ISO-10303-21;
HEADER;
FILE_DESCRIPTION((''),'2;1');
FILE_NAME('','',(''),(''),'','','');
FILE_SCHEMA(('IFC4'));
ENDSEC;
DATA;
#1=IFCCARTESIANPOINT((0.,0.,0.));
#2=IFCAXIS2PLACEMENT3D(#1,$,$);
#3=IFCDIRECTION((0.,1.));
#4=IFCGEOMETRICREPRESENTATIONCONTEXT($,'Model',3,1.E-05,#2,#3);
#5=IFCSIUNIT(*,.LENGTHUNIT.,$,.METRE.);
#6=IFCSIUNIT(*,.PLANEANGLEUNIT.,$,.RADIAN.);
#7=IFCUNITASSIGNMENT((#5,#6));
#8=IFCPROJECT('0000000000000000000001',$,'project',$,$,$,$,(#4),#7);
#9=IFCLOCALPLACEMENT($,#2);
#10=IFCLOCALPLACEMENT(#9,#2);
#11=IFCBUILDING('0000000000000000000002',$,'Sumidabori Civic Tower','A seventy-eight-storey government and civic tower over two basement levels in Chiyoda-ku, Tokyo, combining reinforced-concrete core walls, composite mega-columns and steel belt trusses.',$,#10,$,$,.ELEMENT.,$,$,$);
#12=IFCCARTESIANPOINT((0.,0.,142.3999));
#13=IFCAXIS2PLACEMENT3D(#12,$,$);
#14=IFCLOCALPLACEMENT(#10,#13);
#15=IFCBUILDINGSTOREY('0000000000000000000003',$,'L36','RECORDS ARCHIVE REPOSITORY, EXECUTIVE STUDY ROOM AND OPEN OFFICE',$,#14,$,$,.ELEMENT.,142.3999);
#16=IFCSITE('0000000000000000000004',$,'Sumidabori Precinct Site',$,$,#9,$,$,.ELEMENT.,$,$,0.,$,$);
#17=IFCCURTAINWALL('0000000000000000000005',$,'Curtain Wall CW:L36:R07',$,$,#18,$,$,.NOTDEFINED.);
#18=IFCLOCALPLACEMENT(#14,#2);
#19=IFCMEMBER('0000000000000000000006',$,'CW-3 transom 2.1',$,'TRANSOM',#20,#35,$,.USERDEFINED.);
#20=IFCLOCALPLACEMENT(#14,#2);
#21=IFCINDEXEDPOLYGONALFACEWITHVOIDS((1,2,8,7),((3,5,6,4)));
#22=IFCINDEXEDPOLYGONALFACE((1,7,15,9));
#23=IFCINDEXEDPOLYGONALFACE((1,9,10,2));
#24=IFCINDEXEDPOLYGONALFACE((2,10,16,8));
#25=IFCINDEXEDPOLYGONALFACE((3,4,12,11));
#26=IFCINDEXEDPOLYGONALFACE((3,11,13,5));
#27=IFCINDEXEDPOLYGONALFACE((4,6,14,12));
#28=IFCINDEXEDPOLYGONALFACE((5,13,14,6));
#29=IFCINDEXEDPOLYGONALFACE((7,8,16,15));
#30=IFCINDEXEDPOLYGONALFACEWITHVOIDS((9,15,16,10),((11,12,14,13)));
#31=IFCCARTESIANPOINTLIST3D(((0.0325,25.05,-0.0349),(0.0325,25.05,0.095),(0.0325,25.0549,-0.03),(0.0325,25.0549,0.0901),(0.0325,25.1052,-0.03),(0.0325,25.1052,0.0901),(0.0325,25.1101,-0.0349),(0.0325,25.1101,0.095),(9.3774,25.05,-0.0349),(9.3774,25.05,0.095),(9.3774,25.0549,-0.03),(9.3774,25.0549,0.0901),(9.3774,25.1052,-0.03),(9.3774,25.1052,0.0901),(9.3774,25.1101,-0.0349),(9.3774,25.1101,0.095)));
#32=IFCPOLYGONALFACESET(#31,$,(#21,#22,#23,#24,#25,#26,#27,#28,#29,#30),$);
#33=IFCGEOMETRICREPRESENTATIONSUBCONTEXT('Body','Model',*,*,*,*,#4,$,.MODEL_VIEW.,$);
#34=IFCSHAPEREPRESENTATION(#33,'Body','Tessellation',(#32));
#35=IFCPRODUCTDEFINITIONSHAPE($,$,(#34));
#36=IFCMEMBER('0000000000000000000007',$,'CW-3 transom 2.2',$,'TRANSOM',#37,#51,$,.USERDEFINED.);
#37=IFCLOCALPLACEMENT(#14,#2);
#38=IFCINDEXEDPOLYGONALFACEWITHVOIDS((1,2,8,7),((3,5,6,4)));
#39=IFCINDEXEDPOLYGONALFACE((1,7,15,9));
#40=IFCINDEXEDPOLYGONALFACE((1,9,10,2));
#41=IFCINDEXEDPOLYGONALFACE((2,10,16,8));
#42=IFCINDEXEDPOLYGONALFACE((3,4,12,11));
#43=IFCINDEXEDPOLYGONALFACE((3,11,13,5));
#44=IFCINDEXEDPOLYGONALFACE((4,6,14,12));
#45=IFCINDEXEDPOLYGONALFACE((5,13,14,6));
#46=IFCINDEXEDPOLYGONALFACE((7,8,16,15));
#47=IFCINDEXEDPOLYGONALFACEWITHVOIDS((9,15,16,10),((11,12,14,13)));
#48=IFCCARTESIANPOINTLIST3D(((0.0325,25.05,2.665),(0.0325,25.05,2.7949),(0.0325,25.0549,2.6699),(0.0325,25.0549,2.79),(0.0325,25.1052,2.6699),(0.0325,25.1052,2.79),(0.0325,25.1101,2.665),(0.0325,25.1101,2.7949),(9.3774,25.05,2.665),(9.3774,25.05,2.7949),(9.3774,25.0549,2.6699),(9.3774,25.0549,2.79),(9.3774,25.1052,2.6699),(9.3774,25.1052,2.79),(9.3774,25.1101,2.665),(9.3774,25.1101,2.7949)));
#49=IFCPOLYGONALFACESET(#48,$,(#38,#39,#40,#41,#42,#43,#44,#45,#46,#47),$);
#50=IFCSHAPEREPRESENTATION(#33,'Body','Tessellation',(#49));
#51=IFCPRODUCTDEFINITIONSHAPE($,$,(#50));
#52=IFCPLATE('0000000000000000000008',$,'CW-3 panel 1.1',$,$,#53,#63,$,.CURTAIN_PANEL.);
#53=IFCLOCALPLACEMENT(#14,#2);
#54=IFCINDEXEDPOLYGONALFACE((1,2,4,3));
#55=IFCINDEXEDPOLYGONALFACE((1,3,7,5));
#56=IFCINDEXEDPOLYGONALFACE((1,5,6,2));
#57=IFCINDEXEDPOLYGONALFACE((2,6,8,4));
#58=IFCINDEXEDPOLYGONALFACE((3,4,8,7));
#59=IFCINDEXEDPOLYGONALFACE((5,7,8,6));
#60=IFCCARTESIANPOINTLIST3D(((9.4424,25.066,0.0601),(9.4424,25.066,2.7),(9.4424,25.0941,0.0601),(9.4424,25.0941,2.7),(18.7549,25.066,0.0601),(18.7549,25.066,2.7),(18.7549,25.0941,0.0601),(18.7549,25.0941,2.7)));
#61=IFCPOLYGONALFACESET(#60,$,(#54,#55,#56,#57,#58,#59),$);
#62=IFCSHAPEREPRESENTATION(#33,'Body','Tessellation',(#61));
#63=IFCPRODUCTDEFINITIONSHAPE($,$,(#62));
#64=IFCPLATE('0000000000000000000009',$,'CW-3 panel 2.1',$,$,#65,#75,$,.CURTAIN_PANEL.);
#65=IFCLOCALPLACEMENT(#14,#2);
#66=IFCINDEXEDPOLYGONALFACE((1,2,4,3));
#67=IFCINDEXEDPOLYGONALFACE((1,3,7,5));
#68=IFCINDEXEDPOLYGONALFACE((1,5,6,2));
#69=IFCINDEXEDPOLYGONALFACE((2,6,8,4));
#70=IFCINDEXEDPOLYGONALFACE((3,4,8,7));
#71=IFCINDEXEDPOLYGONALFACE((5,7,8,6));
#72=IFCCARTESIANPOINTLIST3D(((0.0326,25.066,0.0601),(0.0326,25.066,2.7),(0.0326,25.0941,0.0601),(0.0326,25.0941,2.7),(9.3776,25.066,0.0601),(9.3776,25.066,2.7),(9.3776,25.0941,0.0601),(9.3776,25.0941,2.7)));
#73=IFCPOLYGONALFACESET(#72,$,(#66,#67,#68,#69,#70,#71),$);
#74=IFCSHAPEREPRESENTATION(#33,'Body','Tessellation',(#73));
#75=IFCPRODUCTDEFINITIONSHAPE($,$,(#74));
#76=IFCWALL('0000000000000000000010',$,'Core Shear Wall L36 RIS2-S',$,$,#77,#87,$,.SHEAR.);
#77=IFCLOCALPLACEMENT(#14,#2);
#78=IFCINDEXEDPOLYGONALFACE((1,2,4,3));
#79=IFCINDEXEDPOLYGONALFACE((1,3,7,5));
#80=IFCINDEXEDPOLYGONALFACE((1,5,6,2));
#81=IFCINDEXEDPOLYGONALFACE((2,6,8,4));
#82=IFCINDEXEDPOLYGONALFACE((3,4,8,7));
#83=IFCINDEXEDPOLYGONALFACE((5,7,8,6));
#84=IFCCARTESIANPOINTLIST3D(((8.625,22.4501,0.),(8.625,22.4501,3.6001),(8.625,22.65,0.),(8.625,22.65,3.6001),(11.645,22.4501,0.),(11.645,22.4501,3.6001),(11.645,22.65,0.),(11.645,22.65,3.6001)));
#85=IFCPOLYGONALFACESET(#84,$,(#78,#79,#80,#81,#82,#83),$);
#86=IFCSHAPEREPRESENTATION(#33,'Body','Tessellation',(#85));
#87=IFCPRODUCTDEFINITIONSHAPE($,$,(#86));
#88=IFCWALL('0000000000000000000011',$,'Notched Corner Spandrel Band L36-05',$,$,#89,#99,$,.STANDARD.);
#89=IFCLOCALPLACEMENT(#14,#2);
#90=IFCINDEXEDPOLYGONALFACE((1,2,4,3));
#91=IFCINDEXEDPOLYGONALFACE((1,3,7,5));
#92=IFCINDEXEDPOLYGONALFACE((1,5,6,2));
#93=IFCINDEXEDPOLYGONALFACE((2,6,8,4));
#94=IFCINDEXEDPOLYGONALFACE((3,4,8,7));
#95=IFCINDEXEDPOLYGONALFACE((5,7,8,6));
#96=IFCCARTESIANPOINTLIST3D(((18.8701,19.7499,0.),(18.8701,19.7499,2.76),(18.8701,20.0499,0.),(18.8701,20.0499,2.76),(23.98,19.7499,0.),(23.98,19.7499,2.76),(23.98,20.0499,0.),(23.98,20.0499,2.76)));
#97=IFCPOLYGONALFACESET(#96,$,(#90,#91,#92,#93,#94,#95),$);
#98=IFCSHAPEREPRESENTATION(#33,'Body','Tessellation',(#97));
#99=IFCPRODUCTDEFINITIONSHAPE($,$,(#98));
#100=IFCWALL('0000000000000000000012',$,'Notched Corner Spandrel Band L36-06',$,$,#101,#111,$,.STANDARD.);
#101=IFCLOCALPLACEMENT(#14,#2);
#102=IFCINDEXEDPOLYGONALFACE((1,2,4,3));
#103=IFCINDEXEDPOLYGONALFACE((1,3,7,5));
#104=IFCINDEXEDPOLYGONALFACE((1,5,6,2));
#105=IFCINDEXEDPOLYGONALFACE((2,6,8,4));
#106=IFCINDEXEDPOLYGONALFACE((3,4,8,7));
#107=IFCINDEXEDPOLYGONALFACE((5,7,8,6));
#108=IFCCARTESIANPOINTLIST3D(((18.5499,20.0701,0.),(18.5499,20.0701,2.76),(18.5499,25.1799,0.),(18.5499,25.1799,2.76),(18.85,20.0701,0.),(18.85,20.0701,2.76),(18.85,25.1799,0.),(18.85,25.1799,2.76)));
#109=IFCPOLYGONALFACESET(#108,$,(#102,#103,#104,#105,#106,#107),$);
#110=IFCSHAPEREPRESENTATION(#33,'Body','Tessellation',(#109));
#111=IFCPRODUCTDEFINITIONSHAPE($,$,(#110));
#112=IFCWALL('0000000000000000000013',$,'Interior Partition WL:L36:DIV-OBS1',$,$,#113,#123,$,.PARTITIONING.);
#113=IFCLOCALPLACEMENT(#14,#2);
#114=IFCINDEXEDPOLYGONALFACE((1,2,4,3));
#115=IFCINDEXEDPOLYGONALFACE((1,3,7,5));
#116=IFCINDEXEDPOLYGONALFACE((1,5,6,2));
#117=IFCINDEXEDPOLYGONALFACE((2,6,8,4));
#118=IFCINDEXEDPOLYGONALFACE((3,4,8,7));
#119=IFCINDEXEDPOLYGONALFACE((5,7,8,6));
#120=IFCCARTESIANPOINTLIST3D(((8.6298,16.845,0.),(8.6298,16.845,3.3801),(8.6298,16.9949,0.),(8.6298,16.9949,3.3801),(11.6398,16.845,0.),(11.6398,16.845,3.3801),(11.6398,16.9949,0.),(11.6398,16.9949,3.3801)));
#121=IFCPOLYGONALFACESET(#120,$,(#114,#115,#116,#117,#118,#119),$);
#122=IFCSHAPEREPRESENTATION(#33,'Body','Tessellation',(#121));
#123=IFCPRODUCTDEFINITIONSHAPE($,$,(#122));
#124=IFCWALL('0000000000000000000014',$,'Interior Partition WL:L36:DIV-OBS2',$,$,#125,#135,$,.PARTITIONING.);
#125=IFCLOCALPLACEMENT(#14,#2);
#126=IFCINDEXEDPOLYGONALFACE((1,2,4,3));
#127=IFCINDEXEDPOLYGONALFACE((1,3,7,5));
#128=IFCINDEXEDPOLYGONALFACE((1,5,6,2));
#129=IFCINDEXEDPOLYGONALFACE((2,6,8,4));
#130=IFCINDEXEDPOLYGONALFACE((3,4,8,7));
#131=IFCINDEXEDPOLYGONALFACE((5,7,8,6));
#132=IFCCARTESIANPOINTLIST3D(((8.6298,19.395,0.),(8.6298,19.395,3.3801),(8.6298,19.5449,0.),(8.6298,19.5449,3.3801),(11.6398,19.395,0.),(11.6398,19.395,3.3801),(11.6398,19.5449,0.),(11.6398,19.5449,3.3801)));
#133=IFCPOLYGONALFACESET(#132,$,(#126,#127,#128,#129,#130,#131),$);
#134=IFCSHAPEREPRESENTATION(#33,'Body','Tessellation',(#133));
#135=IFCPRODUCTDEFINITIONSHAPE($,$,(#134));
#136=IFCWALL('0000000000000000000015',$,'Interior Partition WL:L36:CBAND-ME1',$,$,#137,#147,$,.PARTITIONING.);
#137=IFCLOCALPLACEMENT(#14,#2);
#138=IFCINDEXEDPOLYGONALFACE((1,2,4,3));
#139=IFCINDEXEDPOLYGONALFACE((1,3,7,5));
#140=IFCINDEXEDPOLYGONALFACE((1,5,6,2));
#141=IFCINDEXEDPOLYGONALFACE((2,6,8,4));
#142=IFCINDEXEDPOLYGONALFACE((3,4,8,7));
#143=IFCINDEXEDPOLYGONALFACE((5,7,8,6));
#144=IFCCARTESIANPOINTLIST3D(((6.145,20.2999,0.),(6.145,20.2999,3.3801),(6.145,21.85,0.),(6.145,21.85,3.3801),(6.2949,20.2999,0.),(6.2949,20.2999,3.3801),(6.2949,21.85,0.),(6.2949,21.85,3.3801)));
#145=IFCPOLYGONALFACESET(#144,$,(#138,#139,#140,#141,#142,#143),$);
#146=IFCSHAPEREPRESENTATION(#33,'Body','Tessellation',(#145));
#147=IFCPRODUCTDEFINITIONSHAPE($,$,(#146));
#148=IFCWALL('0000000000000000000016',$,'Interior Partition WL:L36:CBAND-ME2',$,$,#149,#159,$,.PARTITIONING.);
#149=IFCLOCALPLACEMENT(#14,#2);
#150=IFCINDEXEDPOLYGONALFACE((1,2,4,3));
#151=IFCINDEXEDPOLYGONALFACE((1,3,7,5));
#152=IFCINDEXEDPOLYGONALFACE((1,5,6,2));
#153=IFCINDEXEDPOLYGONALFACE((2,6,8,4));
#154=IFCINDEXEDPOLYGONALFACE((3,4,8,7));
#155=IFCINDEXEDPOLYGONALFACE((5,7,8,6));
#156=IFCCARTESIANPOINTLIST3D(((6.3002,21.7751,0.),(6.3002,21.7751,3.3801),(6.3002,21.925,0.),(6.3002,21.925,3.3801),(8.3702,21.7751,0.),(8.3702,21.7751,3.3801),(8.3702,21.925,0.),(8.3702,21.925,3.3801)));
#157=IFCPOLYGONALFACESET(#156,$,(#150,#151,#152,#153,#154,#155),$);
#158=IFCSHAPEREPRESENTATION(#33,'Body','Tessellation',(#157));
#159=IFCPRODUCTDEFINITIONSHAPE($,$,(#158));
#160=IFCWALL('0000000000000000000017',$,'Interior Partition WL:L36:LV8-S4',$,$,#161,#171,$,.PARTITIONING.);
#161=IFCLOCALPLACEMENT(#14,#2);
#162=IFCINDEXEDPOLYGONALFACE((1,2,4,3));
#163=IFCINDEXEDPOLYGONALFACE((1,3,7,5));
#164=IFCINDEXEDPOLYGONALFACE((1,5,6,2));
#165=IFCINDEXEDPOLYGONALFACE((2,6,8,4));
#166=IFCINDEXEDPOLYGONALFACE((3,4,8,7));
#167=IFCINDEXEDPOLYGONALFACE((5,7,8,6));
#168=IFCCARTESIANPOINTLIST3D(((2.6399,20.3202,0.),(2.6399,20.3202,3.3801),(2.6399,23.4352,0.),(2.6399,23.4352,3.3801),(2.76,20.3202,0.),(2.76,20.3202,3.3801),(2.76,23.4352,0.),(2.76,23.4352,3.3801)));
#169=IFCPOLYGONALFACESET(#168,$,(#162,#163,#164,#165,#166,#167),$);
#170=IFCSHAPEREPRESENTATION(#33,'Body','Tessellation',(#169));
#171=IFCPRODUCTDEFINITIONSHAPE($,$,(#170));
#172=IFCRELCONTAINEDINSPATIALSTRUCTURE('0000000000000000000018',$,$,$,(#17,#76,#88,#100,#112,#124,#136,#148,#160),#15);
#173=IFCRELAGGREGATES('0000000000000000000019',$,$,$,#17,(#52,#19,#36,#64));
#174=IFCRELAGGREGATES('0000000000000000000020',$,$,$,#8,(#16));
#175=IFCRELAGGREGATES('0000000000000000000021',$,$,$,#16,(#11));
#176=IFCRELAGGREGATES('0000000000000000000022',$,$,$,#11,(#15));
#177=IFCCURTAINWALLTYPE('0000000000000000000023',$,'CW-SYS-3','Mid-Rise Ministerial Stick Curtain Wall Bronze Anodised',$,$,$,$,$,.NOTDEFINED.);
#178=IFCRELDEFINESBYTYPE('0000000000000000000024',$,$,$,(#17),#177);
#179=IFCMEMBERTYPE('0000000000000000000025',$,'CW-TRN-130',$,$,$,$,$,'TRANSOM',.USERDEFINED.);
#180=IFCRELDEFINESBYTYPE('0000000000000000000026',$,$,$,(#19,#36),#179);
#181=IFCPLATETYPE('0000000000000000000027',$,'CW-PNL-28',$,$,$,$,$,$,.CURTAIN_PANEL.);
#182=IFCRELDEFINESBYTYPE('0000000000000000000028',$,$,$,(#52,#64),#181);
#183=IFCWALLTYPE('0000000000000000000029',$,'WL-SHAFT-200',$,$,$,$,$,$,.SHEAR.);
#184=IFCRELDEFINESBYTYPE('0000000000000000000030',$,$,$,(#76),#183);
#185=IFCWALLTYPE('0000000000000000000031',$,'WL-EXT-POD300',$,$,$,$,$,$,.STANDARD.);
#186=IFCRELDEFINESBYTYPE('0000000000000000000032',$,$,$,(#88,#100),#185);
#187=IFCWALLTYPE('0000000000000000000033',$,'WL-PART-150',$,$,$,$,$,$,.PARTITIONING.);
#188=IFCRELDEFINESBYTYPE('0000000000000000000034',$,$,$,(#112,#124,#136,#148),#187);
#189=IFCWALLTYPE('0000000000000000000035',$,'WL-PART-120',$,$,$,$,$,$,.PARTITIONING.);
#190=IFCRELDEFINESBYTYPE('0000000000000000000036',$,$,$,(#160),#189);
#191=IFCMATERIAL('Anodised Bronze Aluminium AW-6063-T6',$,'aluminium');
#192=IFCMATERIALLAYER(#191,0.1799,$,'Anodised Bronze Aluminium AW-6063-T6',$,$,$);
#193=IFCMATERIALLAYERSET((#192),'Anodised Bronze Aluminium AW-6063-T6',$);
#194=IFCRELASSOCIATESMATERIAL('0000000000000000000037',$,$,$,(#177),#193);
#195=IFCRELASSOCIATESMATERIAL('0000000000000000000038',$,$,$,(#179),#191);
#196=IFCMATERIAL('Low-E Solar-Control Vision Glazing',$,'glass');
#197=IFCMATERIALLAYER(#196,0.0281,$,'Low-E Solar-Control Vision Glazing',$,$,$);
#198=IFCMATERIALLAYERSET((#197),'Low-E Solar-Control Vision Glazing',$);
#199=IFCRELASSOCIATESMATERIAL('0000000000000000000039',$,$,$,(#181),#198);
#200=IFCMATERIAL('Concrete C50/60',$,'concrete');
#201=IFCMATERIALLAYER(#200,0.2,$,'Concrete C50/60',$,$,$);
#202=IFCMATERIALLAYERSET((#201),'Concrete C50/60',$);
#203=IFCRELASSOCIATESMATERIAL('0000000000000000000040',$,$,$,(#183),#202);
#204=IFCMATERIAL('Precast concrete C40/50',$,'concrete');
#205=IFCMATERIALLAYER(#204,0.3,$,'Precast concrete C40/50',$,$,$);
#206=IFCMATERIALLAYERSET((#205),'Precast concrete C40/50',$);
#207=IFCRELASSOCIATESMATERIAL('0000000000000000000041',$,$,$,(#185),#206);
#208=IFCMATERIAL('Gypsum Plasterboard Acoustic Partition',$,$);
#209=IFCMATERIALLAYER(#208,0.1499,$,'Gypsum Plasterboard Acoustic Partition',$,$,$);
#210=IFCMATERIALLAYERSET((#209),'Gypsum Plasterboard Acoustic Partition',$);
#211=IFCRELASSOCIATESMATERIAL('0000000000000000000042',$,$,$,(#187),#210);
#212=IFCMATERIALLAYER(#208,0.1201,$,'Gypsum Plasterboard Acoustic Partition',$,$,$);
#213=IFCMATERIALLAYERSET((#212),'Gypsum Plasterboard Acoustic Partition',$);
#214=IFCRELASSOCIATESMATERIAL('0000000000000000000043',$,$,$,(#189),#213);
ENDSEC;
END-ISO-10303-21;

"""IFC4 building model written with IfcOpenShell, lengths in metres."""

from ifc_helpers import new_model, si_unit, direction, frame, frame_2d, origin, origin_2d, place, context, subcontext, project, spatial, rectangle, hollow_rectangle, extrude, source, transform, mapped, material, layer, layer_set, material_profile, profile_set, type_object, element, aggregate, save


model = new_model("IFC4")

# Units and contexts
model_context = context("Model", 3, precision=1e-05, world=origin(), true_north=direction((0.0, 1.0)))
body_context = subcontext(model_context, "Body", "Model", "MODEL_VIEW")
ifc_project = project(units=[si_unit("LENGTHUNIT", "METRE"), si_unit("PLANEANGLEUNIT", "RADIAN")], contexts=[model_context])

# Site, building, storey
site_placement = place(None, origin())
site = spatial("IfcSite", under=ifc_project, at=site_placement, Name="Sumidabori Precinct Site", CompositionType="ELEMENT", RefElevation=0.0)
building_placement = place(site_placement, origin())
building = spatial("IfcBuilding", under=site, at=building_placement, Name="Sumidabori Civic Tower", Description="A seventy-eight-storey government and civic tower over two basement levels in Chiyoda-ku, Tokyo, combining reinforced-concrete core walls, composite mega-columns and steel belt trusses.", CompositionType="ELEMENT")
storey_placement = place(building_placement, frame((0.0, 0.0, 142.3999)))
storey = spatial("IfcBuildingStorey", under=building, at=storey_placement, Name="L36", Description="RECORDS ARCHIVE REPOSITORY, EXECUTIVE STUDY ROOM AND OPEN OFFICE", CompositionType="ELEMENT", Elevation=142.3999)

# Shared definitions
ifc_material_1 = material(Name="Anodised Bronze Aluminium AW-6063-T6", Category="aluminium")
ifc_layer_1 = layer(ifc_material_1, 0.1799, Name="Anodised Bronze Aluminium AW-6063-T6")
ifc_layer_set_1 = layer_set([ifc_layer_1], Name="Anodised Bronze Aluminium AW-6063-T6")
curtain_wall_type = type_object("IfcCurtainWallType", Name="CW-SYS-3", Description="Mid-Rise Ministerial Stick Curtain Wall Bronze Anodised", PredefinedType="NOTDEFINED", material=ifc_layer_set_1)

# Curtain wall, members, plates
curtain_wall_1_placement = place(storey_placement, origin())
curtain_wall_1 = element("IfcCurtainWall", 1, at=curtain_wall_1_placement, inside=storey, type_object=curtain_wall_type, Name="Curtain Wall CW:L36:R07", PredefinedType="NOTDEFINED")
ifc_material_profile_1 = material_profile(ifc_material_1, hollow_rectangle(XDim=0.0601, YDim=0.1299, WallThickness=0.0049, at=origin_2d()), Name="ALU TRANSOM 130x60")
ifc_profile_set_1 = profile_set([ifc_material_profile_1], Name="Anodised Bronze Aluminium AW-6063-T6")
member_type_1 = type_object("IfcMemberType", Name="CW-TRN-130", ElementType="TRANSOM", PredefinedType="USERDEFINED", material=ifc_profile_set_1)
shared_shape_1 = source(origin(), body_context, "Body", "SweptSolid", [
    extrude(hollow_rectangle(XDim=0.0601, YDim=0.1299, WallThickness=0.0049, at=origin_2d()), origin(), (0.0, 0.0, 1.0), 9.345),
])
member_1_placement = place(storey_placement, frame((9.3774, 25.0801, 0.03), z_axis=(-1.0, 0.0, 0.0), x_axis=(0.0, -1.0, 0.0)))
member_1 = element("IfcMember", 2, at=member_1_placement, type_object=member_type_1, Name="CW-3 transom 2.1", ObjectType="TRANSOM", PredefinedType="USERDEFINED", context=body_context, shape_type="MappedRepresentation", body=[
    mapped(shared_shape_1, transform((0.0, 0.0, 0.0), x_axis=(1.0, 0.0, 0.0), y_axis=(0.0, 1.0, 0.0), z_axis=(0.0, 0.0, 1.0), scale=1.0)),
])
member_2_placement = place(storey_placement, frame((9.3774, 25.0801, 2.73), z_axis=(-1.0, 0.0, 0.0), x_axis=(0.0, -1.0, 0.0)))
member_2 = element("IfcMember", 3, at=member_2_placement, type_object=member_type_1, Name="CW-3 transom 2.2", ObjectType="TRANSOM", PredefinedType="USERDEFINED", context=body_context, shape_type="MappedRepresentation", body=[
    mapped(shared_shape_1, transform((0.0, 0.0, 0.0), x_axis=(1.0, 0.0, 0.0), y_axis=(0.0, 1.0, 0.0), z_axis=(0.0, 0.0, 1.0), scale=1.0)),
])
ifc_material_2 = material(Name="Low-E Solar-Control Vision Glazing", Category="glass")
ifc_layer_2 = layer(ifc_material_2, 0.0281, Name="Low-E Solar-Control Vision Glazing")
ifc_layer_set_2 = layer_set([ifc_layer_2], Name="Low-E Solar-Control Vision Glazing")
plate_type = type_object("IfcPlateType", Name="CW-PNL-28", PredefinedType="CURTAIN_PANEL", material=ifc_layer_set_2)
shared_shape_2 = source(origin(), body_context, "Body", "SweptSolid", [
    extrude(rectangle(XDim=9.3125, YDim=0.0281, at=origin_2d()), origin(), (0.0, 0.0, 1.0), 2.6399),
])
plate_1_placement = place(storey_placement, frame((14.0986, 25.0801, 0.0601), z_axis=(0.0, 0.0, 1.0), x_axis=(-1.0, 0.0, 0.0)))
plate_1 = element("IfcPlate", 4, at=plate_1_placement, type_object=plate_type, Name="CW-3 panel 1.1", PredefinedType="CURTAIN_PANEL", context=body_context, shape_type="MappedRepresentation", body=[
    mapped(shared_shape_2, transform((0.0, 0.0, 0.0), x_axis=(1.0, 0.0, 0.0), y_axis=(0.0, 1.0, 0.0), z_axis=(0.0, 0.0, 1.0), scale=1.0)),
])
shared_shape_3 = source(origin(), body_context, "Body", "SweptSolid", [
    extrude(rectangle(XDim=9.345, YDim=0.0281, at=origin_2d()), origin(), (0.0, 0.0, 1.0), 2.6399),
])
plate_2_placement = place(storey_placement, frame((4.7051, 25.0801, 0.0601), z_axis=(0.0, 0.0, 1.0), x_axis=(-1.0, 0.0, 0.0)))
plate_2 = element("IfcPlate", 5, at=plate_2_placement, type_object=plate_type, Name="CW-3 panel 2.1", PredefinedType="CURTAIN_PANEL", context=body_context, shape_type="MappedRepresentation", body=[
    mapped(shared_shape_3, transform((0.0, 0.0, 0.0), x_axis=(1.0, 0.0, 0.0), y_axis=(0.0, 1.0, 0.0), z_axis=(0.0, 0.0, 1.0), scale=1.0)),
])
aggregate(curtain_wall_1, [plate_1, member_1, member_2, plate_2])

# Walls
ifc_material_3 = material(Name="Concrete C50/60", Category="concrete")
ifc_layer_3 = layer(ifc_material_3, 0.2, Name="Concrete C50/60")
ifc_layer_set_3 = layer_set([ifc_layer_3], Name="Concrete C50/60")
wall_type_1 = type_object("IfcWallType", Name="WL-SHAFT-200", PredefinedType="SHEAR", material=ifc_layer_set_3)
shared_shape_4 = source(origin(), body_context, "Body", "SweptSolid", [
    extrude(rectangle(XDim=3.02, YDim=0.2, at=frame_2d((1.51, 0.0))), origin(), (0.0, 0.0, 1.0), 3.6001),
])
wall_1_placement = place(storey_placement, frame((8.625, 22.55, 0.0), z_axis=(0.0, 0.0, 1.0), x_axis=(1.0, 0.0, 0.0)))
element("IfcWall", 6, at=wall_1_placement, inside=storey, type_object=wall_type_1, Name="Core Shear Wall L36 RIS2-S", PredefinedType="SHEAR", context=body_context, shape_type="MappedRepresentation", body=[
    mapped(shared_shape_4, transform((0.0, 0.0, 0.0), x_axis=(1.0, 0.0, 0.0), y_axis=(0.0, 1.0, 0.0), z_axis=(0.0, 0.0, 1.0), scale=1.0)),
])
ifc_material_4 = material(Name="Precast concrete C40/50", Category="concrete")
ifc_layer_4 = layer(ifc_material_4, 0.3, Name="Precast concrete C40/50")
ifc_layer_set_4 = layer_set([ifc_layer_4], Name="Precast concrete C40/50")
wall_type_2 = type_object("IfcWallType", Name="WL-EXT-POD300", PredefinedType="STANDARD", material=ifc_layer_set_4)
shared_shape_5 = source(origin(), body_context, "Body", "SweptSolid", [
    extrude(rectangle(XDim=5.1099, YDim=0.3, at=frame_2d((2.5549, 0.0))), origin(), (0.0, 0.0, 1.0), 2.76),
])
for number, where, z_axis, x_axis, name in (
    (7, (23.98, 19.8999, 0.0), (0.0, 0.0, 1.0), (-1.0, 0.0, 0.0), "Notched Corner Spandrel Band L36-05"),
    (8, (18.7, 20.0701, 0.0), (0.0, 0.0, 1.0), (0.0, 1.0, 0.0), "Notched Corner Spandrel Band L36-06"),
):
    element("IfcWall", number, at=place(storey_placement, frame(where, z_axis=z_axis, x_axis=x_axis)), inside=storey, type_object=wall_type_2, Name=name, PredefinedType="STANDARD", context=body_context, shape_type="MappedRepresentation", body=[
        mapped(shared_shape_5, transform((0.0, 0.0, 0.0), x_axis=(1.0, 0.0, 0.0), y_axis=(0.0, 1.0, 0.0), z_axis=(0.0, 0.0, 1.0), scale=1.0)),
    ])
ifc_material_5 = material(Name="Gypsum Plasterboard Acoustic Partition")
ifc_layer_5 = layer(ifc_material_5, 0.1499, Name="Gypsum Plasterboard Acoustic Partition")
ifc_layer_set_5 = layer_set([ifc_layer_5], Name="Gypsum Plasterboard Acoustic Partition")
wall_type_3 = type_object("IfcWallType", Name="WL-PART-150", PredefinedType="PARTITIONING", material=ifc_layer_set_5)
shared_shape_6 = source(origin(), body_context, "Body", "SweptSolid", [
    extrude(rectangle(XDim=3.01, YDim=0.1499, at=frame_2d((1.5049, 0.0))), origin(), (0.0, 0.0, 1.0), 3.3801),
])
for number, where, z_axis, x_axis, name in (
    (9, (8.6299, 16.9199, 0.0), (0.0, 0.0, 1.0), (1.0, 0.0, 0.0), "Interior Partition WL:L36:DIV-OBS1"),
    (10, (8.6299, 19.47, 0.0), (0.0, 0.0, 1.0), (1.0, 0.0, 0.0), "Interior Partition WL:L36:DIV-OBS2"),
):
    element("IfcWall", number, at=place(storey_placement, frame(where, z_axis=z_axis, x_axis=x_axis)), inside=storey, type_object=wall_type_3, Name=name, PredefinedType="PARTITIONING", context=body_context, shape_type="MappedRepresentation", body=[
        mapped(shared_shape_6, transform((0.0, 0.0, 0.0), x_axis=(1.0, 0.0, 0.0), y_axis=(0.0, 1.0, 0.0), z_axis=(0.0, 0.0, 1.0), scale=1.0)),
    ])
shared_shape_7 = source(origin(), body_context, "Body", "SweptSolid", [
    extrude(rectangle(XDim=1.55, YDim=0.1499, at=frame_2d((0.7749, 0.0))), origin(), (0.0, 0.0, 1.0), 3.3801),
])
wall_2_placement = place(storey_placement, frame((6.22, 20.3, 0.0), z_axis=(0.0, 0.0, 1.0), x_axis=(0.0, 1.0, 0.0)))
element("IfcWall", 11, at=wall_2_placement, inside=storey, type_object=wall_type_3, Name="Interior Partition WL:L36:CBAND-ME1", PredefinedType="PARTITIONING", context=body_context, shape_type="MappedRepresentation", body=[
    mapped(shared_shape_7, transform((0.0, 0.0, 0.0), x_axis=(1.0, 0.0, 0.0), y_axis=(0.0, 1.0, 0.0), z_axis=(0.0, 0.0, 1.0), scale=1.0)),
])
shared_shape_8 = source(origin(), body_context, "Body", "SweptSolid", [
    extrude(rectangle(XDim=2.0701, YDim=0.1499, at=frame_2d((1.0352, 0.0))), origin(), (0.0, 0.0, 1.0), 3.3801),
])
wall_3_placement = place(storey_placement, frame((6.3, 21.8501, 0.0), z_axis=(0.0, 0.0, 1.0), x_axis=(1.0, 0.0, 0.0)))
element("IfcWall", 12, at=wall_3_placement, inside=storey, type_object=wall_type_3, Name="Interior Partition WL:L36:CBAND-ME2", PredefinedType="PARTITIONING", context=body_context, shape_type="MappedRepresentation", body=[
    mapped(shared_shape_8, transform((0.0, 0.0, 0.0), x_axis=(1.0, 0.0, 0.0), y_axis=(0.0, 1.0, 0.0), z_axis=(0.0, 0.0, 1.0), scale=1.0)),
])
ifc_layer_6 = layer(ifc_material_5, 0.1201, Name="Gypsum Plasterboard Acoustic Partition")
ifc_layer_set_6 = layer_set([ifc_layer_6], Name="Gypsum Plasterboard Acoustic Partition")
wall_type_4 = type_object("IfcWallType", Name="WL-PART-120", PredefinedType="PARTITIONING", material=ifc_layer_set_6)
shared_shape_9 = source(origin(), body_context, "Body", "SweptSolid", [
    extrude(rectangle(XDim=3.115, YDim=0.1201, at=frame_2d((1.5576, 0.0))), origin(), (0.0, 0.0, 1.0), 3.3801),
])
wall_4_placement = place(storey_placement, frame((2.7, 20.3201, 0.0), z_axis=(0.0, 0.0, 1.0), x_axis=(0.0, 1.0, 0.0)))
element("IfcWall", 13, at=wall_4_placement, inside=storey, type_object=wall_type_4, Name="Interior Partition WL:L36:LV8-S4", PredefinedType="PARTITIONING", context=body_context, shape_type="MappedRepresentation", body=[
    mapped(shared_shape_9, transform((0.0, 0.0, 0.0), x_axis=(1.0, 0.0, 0.0), y_axis=(0.0, 1.0, 0.0), z_axis=(0.0, 0.0, 1.0), scale=1.0)),
])

save(model, "model.ifc")
